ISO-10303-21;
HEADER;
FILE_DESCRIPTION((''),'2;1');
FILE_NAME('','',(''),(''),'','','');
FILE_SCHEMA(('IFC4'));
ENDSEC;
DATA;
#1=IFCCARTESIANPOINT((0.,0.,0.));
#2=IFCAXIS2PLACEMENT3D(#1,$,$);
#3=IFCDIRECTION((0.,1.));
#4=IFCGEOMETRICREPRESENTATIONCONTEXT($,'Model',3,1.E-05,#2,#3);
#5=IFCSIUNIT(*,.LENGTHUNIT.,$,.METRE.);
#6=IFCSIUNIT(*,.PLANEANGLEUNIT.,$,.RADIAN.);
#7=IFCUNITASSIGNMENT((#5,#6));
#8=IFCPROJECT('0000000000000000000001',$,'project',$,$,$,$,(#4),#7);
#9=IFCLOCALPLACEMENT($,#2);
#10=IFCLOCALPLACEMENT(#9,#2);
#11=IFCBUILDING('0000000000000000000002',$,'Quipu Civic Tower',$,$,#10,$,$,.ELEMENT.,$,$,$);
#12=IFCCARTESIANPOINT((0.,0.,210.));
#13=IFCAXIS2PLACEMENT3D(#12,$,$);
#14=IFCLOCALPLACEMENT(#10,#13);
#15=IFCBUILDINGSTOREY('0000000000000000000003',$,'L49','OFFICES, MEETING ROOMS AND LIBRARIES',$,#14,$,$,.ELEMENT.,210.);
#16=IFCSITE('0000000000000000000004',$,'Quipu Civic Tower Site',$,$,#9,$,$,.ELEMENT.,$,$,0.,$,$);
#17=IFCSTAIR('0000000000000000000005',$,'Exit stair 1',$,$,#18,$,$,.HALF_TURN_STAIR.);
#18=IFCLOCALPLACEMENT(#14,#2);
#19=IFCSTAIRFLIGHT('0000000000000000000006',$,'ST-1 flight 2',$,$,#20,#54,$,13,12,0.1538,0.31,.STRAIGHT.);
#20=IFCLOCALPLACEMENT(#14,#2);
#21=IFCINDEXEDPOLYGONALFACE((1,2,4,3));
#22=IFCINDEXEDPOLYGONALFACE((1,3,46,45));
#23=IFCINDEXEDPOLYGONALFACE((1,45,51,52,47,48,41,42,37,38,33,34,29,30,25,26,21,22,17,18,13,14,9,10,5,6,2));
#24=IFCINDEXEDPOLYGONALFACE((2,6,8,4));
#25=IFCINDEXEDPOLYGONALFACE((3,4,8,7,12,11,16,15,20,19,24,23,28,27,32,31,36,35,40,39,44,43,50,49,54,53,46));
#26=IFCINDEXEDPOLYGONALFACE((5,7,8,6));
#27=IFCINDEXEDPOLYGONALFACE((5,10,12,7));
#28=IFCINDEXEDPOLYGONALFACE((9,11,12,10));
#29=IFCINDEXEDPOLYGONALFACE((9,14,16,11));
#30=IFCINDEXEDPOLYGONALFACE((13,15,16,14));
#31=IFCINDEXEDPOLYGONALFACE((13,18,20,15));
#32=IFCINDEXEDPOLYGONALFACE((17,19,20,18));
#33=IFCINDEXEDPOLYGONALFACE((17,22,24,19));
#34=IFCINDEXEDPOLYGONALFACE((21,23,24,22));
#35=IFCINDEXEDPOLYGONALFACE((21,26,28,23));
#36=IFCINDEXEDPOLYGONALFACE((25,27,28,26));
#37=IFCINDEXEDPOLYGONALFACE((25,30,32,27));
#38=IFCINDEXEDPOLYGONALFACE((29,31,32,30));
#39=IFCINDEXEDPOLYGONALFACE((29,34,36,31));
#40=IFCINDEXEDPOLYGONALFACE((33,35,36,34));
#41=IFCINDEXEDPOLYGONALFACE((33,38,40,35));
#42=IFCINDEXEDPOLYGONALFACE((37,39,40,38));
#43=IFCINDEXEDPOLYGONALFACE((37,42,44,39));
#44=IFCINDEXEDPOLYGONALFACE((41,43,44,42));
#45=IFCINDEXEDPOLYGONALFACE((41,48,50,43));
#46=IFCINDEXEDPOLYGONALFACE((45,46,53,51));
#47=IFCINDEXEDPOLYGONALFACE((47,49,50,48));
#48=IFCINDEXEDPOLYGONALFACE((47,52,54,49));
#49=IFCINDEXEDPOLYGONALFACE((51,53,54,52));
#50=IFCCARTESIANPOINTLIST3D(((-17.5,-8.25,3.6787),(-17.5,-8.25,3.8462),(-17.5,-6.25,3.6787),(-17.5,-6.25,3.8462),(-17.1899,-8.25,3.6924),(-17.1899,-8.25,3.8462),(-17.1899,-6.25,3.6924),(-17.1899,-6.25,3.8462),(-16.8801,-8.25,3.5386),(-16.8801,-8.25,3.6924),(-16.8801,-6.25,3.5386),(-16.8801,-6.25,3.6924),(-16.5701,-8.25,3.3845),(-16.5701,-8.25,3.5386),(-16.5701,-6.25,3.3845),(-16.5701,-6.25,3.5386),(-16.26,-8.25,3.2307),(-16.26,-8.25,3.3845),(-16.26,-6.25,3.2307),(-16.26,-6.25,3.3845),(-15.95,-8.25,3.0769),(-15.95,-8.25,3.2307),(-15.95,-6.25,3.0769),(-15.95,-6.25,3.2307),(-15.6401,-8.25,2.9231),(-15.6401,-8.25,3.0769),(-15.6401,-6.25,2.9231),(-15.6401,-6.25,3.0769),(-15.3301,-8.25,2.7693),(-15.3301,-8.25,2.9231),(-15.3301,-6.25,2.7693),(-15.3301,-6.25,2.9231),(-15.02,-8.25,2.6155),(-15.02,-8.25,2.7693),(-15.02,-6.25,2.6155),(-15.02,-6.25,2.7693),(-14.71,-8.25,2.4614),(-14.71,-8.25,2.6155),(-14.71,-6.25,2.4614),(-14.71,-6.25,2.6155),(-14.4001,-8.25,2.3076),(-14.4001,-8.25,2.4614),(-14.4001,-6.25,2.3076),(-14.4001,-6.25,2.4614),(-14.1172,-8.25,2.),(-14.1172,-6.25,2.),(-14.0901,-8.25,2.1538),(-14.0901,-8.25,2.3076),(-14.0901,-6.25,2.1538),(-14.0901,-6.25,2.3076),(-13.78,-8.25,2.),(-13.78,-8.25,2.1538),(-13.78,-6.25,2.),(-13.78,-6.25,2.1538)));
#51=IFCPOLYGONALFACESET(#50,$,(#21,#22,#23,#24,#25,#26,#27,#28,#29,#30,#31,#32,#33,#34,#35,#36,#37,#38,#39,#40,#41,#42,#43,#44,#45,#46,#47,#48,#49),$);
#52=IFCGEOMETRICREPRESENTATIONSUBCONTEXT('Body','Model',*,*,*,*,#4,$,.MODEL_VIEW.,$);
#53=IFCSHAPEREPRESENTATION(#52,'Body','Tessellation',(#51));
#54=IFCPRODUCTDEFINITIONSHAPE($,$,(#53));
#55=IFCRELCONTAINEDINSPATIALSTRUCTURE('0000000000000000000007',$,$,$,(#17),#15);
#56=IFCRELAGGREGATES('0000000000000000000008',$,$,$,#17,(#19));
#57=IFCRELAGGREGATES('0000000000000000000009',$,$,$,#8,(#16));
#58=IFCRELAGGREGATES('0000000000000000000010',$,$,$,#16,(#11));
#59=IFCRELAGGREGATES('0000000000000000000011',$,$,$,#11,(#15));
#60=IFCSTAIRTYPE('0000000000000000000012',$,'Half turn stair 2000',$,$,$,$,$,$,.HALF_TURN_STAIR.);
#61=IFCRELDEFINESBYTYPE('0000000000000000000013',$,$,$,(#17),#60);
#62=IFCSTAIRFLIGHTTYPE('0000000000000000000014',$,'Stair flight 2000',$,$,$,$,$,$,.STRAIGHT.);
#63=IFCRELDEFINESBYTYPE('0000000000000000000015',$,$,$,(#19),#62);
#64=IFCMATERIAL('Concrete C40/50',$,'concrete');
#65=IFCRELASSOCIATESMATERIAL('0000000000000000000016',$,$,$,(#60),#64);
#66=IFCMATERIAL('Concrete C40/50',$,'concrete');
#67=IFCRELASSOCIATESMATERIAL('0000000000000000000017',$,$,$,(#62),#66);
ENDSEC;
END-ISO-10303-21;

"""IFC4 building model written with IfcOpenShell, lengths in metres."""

from ifc_helpers import new_model, si_unit, direction, frame, origin, place, context, subcontext, project, spatial, polyline, outline, extrude, material, type_object, element, aggregate, save


model = new_model("IFC4")

# Units and contexts
model_context = context("Model", 3, precision=1e-05, world=origin(), true_north=direction((0.0, 1.0)))
body_context = subcontext(model_context, "Body", "Model", "MODEL_VIEW")
ifc_project = project(units=[si_unit("LENGTHUNIT", "METRE"), si_unit("PLANEANGLEUNIT", "RADIAN")], contexts=[model_context])

# Site, building, storey
site_placement = place(None, origin())
site = spatial("IfcSite", under=ifc_project, at=site_placement, Name="Quipu Civic Tower Site", CompositionType="ELEMENT", RefElevation=0.0)
building_placement = place(site_placement, origin())
building = spatial("IfcBuilding", under=site, at=building_placement, Name="Quipu Civic Tower", CompositionType="ELEMENT")
storey_placement = place(building_placement, frame((0.0, 0.0, 210.0)))
storey = spatial("IfcBuildingStorey", under=building, at=storey_placement, Name="L49", Description="OFFICES, MEETING ROOMS AND LIBRARIES", CompositionType="ELEMENT", Elevation=210.0)

# Stair, stair flight
ifc_material_1 = material(Name="Concrete C40/50", Category="concrete")
stair_type = type_object("IfcStairType", Name="Half turn stair 2000", PredefinedType="HALF_TURN_STAIR", material=ifc_material_1)
stair_placement = place(storey_placement, origin())
stair = element("IfcStair", 1, at=stair_placement, inside=storey, type_object=stair_type, Name="Exit stair 1", PredefinedType="HALF_TURN_STAIR")
ifc_material_2 = material(Name="Concrete C40/50", Category="concrete")
stair_flight_type = type_object("IfcStairFlightType", Name="Stair flight 2000", PredefinedType="STRAIGHT", material=ifc_material_2)
stair_flight_placement = place(storey_placement, frame((-13.78, -7.25, 2.0), z_axis=(0.0, 0.0, 1.0), x_axis=(-1.0, 0.0, 0.0)))
stair_flight = element("IfcStairFlight", 2, at=stair_flight_placement, type_object=stair_flight_type, Name="ST-1 flight 2", NumberOfRisers=13, NumberOfTreads=12, PredefinedType="STRAIGHT", RiserHeight=0.1538, TreadLength=0.31, context=body_context, shape_type="SweptSolid", body=[
    extrude(outline(polyline([(0.0, 0.0), (0.0, 0.1538), (0.3101, 0.1538), (0.3101, 0.3076), (0.6201, 0.3076), (0.6201, 0.4614), (0.9299, 0.4614), (0.9299, 0.6155), (1.24, 0.6155), (1.24, 0.7693), (1.55, 0.7693), (1.55, 0.9231), (1.8601, 0.9231), (1.8601, 1.0769), (2.1699, 1.0769), (2.1699, 1.2307), (2.48, 1.2307), (2.48, 1.3845), (2.79, 1.3845), (2.79, 1.5386), (3.1001, 1.5386), (3.1001, 1.6924), (3.4099, 1.6924), (3.4099, 1.8462), (3.72, 1.8462), (3.72, 2.0), (3.72, 1.6787), (0.3372, 0.0), (0.0, 0.0)])), frame((0.0, 1.0, 0.0), z_axis=(0.0, -1.0, 0.0), x_axis=(1.0, 0.0, 0.0)), (0.0, 0.0, 1.0), 2.0),
])
aggregate(stair, [stair_flight])

save(model, "model.ifc")
